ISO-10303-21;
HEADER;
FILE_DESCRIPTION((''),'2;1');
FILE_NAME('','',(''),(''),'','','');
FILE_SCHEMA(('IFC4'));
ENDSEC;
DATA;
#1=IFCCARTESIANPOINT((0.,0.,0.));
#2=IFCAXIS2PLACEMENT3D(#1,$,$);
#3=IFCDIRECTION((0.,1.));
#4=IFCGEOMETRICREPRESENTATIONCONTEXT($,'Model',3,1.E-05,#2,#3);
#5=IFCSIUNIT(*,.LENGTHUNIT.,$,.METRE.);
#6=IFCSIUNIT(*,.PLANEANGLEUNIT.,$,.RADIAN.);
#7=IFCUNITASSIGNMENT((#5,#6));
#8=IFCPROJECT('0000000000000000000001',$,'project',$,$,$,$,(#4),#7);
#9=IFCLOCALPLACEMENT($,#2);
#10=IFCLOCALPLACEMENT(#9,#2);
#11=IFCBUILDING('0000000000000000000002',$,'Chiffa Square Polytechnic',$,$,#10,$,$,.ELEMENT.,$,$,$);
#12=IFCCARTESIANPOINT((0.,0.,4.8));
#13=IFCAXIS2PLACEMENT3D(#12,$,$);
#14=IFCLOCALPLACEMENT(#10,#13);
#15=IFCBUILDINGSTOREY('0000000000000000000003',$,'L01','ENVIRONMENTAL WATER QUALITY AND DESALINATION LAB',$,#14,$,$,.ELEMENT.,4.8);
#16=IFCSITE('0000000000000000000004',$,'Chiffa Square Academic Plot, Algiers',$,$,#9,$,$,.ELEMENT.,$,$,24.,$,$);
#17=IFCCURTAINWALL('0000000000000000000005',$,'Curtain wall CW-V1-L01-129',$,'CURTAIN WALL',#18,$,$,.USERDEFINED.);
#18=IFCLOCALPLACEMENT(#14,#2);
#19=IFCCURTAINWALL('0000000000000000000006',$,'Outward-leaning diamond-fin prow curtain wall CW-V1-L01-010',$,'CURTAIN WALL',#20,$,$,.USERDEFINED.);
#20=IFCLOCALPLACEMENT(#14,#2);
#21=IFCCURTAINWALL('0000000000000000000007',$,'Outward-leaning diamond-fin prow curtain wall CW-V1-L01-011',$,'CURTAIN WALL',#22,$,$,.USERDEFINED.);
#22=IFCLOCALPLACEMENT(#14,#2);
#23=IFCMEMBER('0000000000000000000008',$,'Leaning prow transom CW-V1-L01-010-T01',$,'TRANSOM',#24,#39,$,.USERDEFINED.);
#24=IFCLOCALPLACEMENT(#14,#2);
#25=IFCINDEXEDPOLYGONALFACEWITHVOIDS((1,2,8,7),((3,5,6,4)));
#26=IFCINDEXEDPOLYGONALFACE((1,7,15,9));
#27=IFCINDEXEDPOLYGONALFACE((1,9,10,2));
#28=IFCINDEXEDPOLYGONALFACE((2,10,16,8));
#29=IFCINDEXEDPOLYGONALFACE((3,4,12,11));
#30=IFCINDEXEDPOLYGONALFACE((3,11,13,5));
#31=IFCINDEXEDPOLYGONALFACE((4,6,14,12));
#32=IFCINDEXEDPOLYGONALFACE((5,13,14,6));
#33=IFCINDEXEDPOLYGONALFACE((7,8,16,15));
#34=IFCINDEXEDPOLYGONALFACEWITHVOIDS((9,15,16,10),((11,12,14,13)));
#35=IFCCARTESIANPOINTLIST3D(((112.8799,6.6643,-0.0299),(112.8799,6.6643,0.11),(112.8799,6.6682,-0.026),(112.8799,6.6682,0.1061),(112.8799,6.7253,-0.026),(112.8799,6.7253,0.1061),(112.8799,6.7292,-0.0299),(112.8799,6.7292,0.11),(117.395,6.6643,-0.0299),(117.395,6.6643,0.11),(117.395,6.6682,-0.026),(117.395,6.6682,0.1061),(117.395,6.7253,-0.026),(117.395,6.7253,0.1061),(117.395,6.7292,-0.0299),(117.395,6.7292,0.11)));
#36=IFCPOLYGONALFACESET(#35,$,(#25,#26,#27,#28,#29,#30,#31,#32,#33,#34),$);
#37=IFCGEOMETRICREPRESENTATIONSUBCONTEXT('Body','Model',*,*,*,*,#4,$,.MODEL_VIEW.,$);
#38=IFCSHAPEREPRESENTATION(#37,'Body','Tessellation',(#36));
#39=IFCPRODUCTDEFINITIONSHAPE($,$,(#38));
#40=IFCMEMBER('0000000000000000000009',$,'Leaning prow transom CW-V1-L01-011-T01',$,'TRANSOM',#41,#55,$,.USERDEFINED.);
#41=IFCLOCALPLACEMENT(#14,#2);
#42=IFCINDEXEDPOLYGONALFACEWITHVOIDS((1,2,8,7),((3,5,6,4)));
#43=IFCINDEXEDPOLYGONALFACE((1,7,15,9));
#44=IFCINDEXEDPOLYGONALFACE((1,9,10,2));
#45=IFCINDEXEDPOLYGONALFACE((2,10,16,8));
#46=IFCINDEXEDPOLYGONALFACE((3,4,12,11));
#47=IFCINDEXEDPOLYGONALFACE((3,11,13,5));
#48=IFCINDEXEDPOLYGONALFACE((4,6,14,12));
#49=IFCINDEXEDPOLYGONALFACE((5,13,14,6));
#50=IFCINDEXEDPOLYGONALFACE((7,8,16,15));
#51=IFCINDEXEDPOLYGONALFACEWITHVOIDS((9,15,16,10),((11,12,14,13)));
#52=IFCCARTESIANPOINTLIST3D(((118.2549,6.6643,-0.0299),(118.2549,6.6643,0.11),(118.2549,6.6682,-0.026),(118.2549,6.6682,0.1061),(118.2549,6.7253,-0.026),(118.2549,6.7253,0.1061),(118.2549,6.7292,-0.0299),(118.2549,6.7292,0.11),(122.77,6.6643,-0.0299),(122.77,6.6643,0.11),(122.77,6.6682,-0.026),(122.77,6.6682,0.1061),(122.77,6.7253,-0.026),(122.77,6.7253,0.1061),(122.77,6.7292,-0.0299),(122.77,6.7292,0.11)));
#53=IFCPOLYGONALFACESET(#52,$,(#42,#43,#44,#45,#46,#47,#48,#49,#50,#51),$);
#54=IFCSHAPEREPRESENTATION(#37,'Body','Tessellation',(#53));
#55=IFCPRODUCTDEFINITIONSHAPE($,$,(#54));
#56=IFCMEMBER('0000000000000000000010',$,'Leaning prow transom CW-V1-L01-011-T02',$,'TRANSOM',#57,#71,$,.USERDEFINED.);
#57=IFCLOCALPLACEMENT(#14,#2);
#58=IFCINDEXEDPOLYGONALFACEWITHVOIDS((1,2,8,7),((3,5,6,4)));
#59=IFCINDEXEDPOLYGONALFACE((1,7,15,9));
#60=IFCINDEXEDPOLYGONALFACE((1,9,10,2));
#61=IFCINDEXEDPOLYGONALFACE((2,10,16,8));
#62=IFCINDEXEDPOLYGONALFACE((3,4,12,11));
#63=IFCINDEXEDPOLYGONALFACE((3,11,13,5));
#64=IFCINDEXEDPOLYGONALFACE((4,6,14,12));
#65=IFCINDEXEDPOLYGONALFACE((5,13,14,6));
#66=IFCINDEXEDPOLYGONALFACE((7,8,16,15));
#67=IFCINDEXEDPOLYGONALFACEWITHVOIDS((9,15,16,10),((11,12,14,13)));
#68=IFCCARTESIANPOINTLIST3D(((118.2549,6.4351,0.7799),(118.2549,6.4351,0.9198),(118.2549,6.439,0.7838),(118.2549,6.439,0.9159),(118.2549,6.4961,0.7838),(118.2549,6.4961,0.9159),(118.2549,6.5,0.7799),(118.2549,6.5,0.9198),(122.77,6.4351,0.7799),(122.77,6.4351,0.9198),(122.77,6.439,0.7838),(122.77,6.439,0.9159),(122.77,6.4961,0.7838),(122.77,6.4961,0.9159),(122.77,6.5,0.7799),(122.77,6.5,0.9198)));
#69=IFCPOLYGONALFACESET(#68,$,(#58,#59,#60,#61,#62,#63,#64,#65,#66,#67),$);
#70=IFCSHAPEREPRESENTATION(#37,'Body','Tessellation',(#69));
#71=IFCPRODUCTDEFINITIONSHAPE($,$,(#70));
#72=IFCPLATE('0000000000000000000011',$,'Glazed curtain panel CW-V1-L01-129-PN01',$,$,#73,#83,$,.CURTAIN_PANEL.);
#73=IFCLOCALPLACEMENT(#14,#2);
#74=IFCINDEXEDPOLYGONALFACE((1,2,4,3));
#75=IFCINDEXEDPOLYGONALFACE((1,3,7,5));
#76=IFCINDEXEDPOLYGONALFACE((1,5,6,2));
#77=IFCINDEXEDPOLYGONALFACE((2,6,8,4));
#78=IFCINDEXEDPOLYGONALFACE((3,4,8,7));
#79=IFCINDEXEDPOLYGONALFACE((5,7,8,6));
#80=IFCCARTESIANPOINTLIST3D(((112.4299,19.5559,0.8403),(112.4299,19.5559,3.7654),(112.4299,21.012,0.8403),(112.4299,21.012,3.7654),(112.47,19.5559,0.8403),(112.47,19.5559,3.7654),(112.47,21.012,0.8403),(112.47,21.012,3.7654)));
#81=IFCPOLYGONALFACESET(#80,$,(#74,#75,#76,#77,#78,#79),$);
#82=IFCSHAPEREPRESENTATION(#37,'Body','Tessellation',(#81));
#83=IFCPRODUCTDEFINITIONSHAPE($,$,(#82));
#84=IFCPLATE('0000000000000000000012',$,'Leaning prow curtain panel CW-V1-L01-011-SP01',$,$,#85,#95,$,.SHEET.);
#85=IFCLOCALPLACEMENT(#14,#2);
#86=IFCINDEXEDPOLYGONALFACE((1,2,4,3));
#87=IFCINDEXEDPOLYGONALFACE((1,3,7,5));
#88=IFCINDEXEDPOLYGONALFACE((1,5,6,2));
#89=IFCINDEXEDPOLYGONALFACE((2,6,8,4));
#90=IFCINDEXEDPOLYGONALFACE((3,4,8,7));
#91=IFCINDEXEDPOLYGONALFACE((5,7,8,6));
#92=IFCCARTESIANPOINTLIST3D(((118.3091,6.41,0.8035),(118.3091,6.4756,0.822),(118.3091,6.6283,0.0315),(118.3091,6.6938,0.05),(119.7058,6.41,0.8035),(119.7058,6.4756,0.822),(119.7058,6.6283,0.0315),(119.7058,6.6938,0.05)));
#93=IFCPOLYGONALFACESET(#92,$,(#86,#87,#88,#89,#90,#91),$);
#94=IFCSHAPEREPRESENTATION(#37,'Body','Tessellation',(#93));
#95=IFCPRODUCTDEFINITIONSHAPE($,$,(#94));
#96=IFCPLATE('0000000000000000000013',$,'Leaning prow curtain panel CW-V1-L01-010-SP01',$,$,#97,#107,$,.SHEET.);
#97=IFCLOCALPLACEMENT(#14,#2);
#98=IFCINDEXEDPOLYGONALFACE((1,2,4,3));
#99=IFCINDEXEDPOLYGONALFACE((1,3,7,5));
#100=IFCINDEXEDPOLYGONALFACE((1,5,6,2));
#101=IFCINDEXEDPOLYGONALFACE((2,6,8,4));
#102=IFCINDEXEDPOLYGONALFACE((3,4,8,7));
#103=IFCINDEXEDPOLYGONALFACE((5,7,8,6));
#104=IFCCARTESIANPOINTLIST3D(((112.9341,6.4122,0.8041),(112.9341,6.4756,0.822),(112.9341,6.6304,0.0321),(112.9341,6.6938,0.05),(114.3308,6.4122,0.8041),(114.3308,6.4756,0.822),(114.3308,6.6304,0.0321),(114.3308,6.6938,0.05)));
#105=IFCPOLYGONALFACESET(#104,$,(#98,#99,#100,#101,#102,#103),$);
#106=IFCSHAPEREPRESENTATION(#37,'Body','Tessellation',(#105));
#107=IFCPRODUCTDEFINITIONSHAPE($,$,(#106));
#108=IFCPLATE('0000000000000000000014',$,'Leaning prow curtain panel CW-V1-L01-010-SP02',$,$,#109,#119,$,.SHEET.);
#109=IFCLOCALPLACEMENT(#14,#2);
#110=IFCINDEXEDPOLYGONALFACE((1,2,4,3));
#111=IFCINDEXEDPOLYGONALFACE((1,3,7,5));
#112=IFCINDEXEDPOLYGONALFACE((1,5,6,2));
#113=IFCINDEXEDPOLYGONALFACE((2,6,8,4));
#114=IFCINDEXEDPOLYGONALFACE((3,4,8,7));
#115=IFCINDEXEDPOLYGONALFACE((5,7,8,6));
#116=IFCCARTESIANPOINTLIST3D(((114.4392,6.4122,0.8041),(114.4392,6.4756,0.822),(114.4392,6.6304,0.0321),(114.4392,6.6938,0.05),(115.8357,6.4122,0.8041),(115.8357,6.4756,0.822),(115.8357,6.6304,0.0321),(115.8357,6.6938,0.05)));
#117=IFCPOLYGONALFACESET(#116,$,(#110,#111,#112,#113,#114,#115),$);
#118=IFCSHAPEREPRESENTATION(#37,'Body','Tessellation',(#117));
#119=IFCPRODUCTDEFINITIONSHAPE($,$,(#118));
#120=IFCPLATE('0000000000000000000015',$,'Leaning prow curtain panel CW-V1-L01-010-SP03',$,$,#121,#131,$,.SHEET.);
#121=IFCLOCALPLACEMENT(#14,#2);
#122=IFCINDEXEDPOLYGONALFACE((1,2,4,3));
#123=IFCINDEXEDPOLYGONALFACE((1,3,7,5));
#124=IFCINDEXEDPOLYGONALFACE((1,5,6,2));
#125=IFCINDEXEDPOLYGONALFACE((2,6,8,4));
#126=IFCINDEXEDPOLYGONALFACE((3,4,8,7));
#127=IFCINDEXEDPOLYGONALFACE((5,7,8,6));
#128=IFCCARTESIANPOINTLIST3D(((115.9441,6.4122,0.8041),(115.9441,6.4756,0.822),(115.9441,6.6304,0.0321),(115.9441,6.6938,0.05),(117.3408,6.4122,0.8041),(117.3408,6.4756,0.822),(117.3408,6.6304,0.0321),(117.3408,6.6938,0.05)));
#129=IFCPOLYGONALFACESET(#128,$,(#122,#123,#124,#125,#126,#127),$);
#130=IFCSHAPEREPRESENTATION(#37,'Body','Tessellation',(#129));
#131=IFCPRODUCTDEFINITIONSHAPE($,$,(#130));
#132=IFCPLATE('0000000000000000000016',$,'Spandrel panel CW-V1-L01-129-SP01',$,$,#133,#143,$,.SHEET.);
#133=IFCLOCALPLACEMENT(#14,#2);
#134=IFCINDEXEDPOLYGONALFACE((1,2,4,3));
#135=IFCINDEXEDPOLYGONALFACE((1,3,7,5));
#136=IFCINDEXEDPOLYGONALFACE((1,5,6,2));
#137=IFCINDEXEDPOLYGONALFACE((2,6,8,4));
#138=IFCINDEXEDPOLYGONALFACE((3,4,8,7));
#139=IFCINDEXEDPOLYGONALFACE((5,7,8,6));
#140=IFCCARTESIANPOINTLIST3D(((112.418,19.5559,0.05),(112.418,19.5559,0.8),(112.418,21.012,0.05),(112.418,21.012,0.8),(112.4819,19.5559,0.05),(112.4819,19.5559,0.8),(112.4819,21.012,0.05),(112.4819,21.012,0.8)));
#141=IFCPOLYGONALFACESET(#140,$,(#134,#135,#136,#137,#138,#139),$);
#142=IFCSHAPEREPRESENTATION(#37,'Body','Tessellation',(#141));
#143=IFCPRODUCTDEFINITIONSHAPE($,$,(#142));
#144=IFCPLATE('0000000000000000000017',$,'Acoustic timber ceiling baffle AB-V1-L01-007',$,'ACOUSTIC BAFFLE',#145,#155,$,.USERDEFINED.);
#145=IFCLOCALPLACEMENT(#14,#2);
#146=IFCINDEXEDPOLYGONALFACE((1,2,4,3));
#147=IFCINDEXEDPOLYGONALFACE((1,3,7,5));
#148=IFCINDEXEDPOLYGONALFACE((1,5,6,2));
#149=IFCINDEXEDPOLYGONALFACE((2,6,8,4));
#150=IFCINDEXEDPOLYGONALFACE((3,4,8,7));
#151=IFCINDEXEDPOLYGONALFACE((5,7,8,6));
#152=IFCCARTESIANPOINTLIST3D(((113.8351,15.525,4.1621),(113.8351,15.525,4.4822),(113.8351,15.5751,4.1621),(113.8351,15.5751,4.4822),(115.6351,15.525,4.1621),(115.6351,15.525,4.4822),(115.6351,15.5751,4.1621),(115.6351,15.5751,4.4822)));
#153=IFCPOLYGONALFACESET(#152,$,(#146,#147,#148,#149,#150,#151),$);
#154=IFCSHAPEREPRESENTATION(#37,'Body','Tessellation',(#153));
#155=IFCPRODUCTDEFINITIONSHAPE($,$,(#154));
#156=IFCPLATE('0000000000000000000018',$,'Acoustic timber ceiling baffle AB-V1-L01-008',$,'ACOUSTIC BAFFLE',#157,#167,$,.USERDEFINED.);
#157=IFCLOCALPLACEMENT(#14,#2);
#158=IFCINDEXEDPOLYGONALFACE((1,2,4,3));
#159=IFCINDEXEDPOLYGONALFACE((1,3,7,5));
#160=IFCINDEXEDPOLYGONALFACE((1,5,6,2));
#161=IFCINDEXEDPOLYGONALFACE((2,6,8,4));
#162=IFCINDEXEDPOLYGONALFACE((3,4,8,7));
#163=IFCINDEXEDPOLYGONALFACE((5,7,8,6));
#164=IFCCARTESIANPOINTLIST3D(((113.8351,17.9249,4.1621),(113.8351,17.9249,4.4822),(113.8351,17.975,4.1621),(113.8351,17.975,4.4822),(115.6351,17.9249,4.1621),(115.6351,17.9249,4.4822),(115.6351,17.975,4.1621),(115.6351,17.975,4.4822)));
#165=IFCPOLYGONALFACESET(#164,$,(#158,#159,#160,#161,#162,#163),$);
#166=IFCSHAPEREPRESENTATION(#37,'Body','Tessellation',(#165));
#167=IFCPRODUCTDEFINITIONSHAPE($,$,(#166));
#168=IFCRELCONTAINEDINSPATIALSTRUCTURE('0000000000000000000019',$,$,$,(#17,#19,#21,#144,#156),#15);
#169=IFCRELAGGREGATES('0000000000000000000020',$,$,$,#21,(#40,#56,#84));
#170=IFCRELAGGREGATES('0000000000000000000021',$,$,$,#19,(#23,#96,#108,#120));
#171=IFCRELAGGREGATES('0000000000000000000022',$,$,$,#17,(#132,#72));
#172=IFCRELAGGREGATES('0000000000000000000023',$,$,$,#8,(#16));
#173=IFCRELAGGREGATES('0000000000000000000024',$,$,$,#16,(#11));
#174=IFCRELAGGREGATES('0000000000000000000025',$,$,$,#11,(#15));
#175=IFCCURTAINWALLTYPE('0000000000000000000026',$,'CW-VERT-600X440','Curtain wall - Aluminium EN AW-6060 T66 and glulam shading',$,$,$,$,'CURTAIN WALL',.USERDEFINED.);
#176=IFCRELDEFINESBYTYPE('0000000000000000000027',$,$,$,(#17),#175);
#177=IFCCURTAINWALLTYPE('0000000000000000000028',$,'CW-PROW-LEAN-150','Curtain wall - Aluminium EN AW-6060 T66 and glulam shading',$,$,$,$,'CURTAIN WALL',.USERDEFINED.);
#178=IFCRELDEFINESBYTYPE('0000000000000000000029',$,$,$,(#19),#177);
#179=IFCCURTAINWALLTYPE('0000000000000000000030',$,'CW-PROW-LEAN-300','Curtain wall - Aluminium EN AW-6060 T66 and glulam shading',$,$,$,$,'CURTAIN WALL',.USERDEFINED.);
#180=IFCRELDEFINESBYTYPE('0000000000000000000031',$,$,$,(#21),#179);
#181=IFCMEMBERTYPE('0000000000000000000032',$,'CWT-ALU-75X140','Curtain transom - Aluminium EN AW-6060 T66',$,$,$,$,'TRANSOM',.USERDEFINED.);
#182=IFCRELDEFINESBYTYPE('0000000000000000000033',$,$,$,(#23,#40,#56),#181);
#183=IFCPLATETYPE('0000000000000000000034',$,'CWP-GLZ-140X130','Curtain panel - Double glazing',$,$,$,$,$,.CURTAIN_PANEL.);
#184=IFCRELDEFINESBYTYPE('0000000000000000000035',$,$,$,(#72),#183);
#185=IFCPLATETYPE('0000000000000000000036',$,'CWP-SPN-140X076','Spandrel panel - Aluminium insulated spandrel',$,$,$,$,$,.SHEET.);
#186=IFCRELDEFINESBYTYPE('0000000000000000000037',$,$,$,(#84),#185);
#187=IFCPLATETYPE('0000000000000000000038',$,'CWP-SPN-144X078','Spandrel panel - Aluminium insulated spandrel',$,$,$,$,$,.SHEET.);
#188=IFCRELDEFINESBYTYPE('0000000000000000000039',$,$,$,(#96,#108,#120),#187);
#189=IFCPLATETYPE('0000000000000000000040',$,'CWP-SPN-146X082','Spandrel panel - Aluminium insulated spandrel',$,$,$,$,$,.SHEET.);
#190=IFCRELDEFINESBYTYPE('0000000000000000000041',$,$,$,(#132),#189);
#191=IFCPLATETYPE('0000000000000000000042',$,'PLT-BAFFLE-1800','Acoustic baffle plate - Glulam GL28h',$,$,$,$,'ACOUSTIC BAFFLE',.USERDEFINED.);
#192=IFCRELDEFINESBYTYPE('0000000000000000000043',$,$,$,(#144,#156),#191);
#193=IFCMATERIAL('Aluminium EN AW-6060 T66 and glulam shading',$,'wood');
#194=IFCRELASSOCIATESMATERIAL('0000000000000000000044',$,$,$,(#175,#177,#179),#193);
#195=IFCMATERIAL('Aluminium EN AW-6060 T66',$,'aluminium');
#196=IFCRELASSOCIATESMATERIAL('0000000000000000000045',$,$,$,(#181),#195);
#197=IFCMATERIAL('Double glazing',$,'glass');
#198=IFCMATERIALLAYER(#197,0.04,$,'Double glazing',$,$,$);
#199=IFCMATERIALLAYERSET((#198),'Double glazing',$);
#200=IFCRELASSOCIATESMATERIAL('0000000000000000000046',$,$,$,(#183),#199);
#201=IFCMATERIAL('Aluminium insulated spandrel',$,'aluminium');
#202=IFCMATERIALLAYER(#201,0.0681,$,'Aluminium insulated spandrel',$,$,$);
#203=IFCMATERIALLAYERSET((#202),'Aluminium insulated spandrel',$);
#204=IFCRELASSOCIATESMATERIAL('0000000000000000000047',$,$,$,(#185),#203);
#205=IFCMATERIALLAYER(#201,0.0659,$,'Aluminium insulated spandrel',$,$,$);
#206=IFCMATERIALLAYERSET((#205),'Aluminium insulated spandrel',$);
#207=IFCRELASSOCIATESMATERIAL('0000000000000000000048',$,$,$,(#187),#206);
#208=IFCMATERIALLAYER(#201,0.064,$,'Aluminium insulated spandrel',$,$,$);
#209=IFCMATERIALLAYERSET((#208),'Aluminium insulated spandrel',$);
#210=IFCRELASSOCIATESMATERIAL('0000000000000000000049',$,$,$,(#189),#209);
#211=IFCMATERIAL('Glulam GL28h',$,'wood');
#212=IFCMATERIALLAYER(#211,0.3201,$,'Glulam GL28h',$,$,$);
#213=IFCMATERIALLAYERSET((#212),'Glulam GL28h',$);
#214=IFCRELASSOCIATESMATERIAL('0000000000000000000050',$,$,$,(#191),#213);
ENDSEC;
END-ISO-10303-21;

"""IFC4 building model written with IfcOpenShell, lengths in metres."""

from ifc_helpers import new_model, si_unit, direction, frame, origin, origin_2d, place, context, subcontext, project, spatial, polyline, rectangle, hollow_rectangle, outline, extrude, material, layer, layer_set, material_profile, profile_set, type_object, element, aggregate, save


model = new_model("IFC4")

# Units and contexts
model_context = context("Model", 3, precision=1e-05, world=origin(), true_north=direction((0.0, 1.0)))
body_context = subcontext(model_context, "Body", "Model", "MODEL_VIEW")
ifc_project = project(units=[si_unit("LENGTHUNIT", "METRE"), si_unit("PLANEANGLEUNIT", "RADIAN")], contexts=[model_context])

# Site, building, storey
site_placement = place(None, origin())
site = spatial("IfcSite", under=ifc_project, at=site_placement, Name="Chiffa Square Academic Plot, Algiers", CompositionType="ELEMENT", RefElevation=24.0)
building_placement = place(site_placement, origin())
building = spatial("IfcBuilding", under=site, at=building_placement, Name="Chiffa Square Polytechnic", CompositionType="ELEMENT")
storey_placement = place(building_placement, frame((0.0, 0.0, 4.8)))
storey = spatial("IfcBuildingStorey", under=building, at=storey_placement, Name="L01", Description="ENVIRONMENTAL WATER QUALITY AND DESALINATION LAB", CompositionType="ELEMENT", Elevation=4.8)

# Curtain wall
ifc_material_1 = material(Name="Aluminium EN AW-6060 T66 and glulam shading", Category="wood")
curtain_wall_type_1 = type_object("IfcCurtainWallType", Name="CW-VERT-600X440", Description="Curtain wall - Aluminium EN AW-6060 T66 and glulam shading", ElementType="CURTAIN WALL", PredefinedType="USERDEFINED", material=ifc_material_1)
curtain_wall_1_placement = place(storey_placement, origin())
curtain_wall_1 = element("IfcCurtainWall", 1, at=curtain_wall_1_placement, inside=storey, type_object=curtain_wall_type_1, Name="Curtain wall CW-V1-L01-129", ObjectType="CURTAIN WALL", PredefinedType="USERDEFINED")
ifc_material_2 = material(Name="Aluminium EN AW-6060 T66", Category="aluminium")

# Curtain walls
curtain_wall_type_2 = type_object("IfcCurtainWallType", Name="CW-PROW-LEAN-150", Description="Curtain wall - Aluminium EN AW-6060 T66 and glulam shading", ElementType="CURTAIN WALL", PredefinedType="USERDEFINED", material=ifc_material_1)
curtain_wall_2_placement = place(storey_placement, origin())
curtain_wall_2 = element("IfcCurtainWall", 2, at=curtain_wall_2_placement, inside=storey, type_object=curtain_wall_type_2, Name="Outward-leaning diamond-fin prow curtain wall CW-V1-L01-010", ObjectType="CURTAIN WALL", PredefinedType="USERDEFINED")
curtain_wall_type_3 = type_object("IfcCurtainWallType", Name="CW-PROW-LEAN-300", Description="Curtain wall - Aluminium EN AW-6060 T66 and glulam shading", ElementType="CURTAIN WALL", PredefinedType="USERDEFINED", material=ifc_material_1)
curtain_wall_3_placement = place(storey_placement, origin())
curtain_wall_3 = element("IfcCurtainWall", 3, at=curtain_wall_3_placement, inside=storey, type_object=curtain_wall_type_3, Name="Outward-leaning diamond-fin prow curtain wall CW-V1-L01-011", ObjectType="CURTAIN WALL", PredefinedType="USERDEFINED")

# Members
ifc_material_profile_1 = material_profile(ifc_material_2, hollow_rectangle(XDim=0.0649, YDim=0.1399, WallThickness=0.0039, at=origin_2d()), Name="ALU 65x140x4")
ifc_profile_set_1 = profile_set([ifc_material_profile_1], Name="Aluminium EN AW-6060 T66")
member_type_1 = type_object("IfcMemberType", Name="CWT-ALU-75X140", Description="Curtain transom - Aluminium EN AW-6060 T66", ElementType="TRANSOM", PredefinedType="USERDEFINED", material=ifc_profile_set_1)
member_1_placement = place(storey_placement, frame((112.8799, 6.6968, 0.04), z_axis=(1.0, 0.0, 0.0), x_axis=(0.0, 1.0, 0.0)))
member_1 = element("IfcMember", 4, at=member_1_placement, type_object=member_type_1, Name="Leaning prow transom CW-V1-L01-010-T01", ObjectType="TRANSOM", PredefinedType="USERDEFINED", context=body_context, shape_type="SweptSolid", body=[
    extrude(hollow_rectangle(XDim=0.0649, YDim=0.1399, WallThickness=0.0039, at=origin_2d()), origin(), (0.0, 0.0, 1.0), 4.5151),
])
member_2_placement = place(storey_placement, frame((118.2549, 6.6968, 0.04), z_axis=(1.0, 0.0, 0.0), x_axis=(0.0, 1.0, 0.0)))
member_2 = element("IfcMember", 5, at=member_2_placement, type_object=member_type_1, Name="Leaning prow transom CW-V1-L01-011-T01", ObjectType="TRANSOM", PredefinedType="USERDEFINED", context=body_context, shape_type="SweptSolid", body=[
    extrude(hollow_rectangle(XDim=0.0649, YDim=0.1399, WallThickness=0.0039, at=origin_2d()), origin(), (0.0, 0.0, 1.0), 4.5151),
])
member_3_placement = place(storey_placement, frame((118.2549, 6.4675, 0.8499), z_axis=(1.0, 0.0, 0.0), x_axis=(0.0, 1.0, 0.0)))
member_3 = element("IfcMember", 6, at=member_3_placement, type_object=member_type_1, Name="Leaning prow transom CW-V1-L01-011-T02", ObjectType="TRANSOM", PredefinedType="USERDEFINED", context=body_context, shape_type="SweptSolid", body=[
    extrude(hollow_rectangle(XDim=0.0649, YDim=0.1399, WallThickness=0.0039, at=origin_2d()), origin(), (0.0, 0.0, 1.0), 4.5151),
])

# Plates
ifc_material_3 = material(Name="Double glazing", Category="glass")
ifc_layer_1 = layer(ifc_material_3, 0.04, Name="Double glazing")
ifc_layer_set_1 = layer_set([ifc_layer_1], Name="Double glazing")
plate_type_1 = type_object("IfcPlateType", Name="CWP-GLZ-140X130", Description="Curtain panel - Double glazing", PredefinedType="CURTAIN_PANEL", material=ifc_layer_set_1)
plate_1_placement = place(storey_placement, frame((112.45, 20.2839, 0.8403), z_axis=(0.0, 0.0, 1.0), x_axis=(0.0, -1.0, 0.0)))
plate_1 = element("IfcPlate", 7, at=plate_1_placement, type_object=plate_type_1, Name="Glazed curtain panel CW-V1-L01-129-PN01", PredefinedType="CURTAIN_PANEL", context=body_context, shape_type="SweptSolid", body=[
    extrude(rectangle(XDim=1.4561, YDim=0.04, at=origin_2d()), origin(), (0.0, 0.0, 1.0), 2.925),
])
ifc_material_4 = material(Name="Aluminium insulated spandrel", Category="aluminium")
ifc_layer_2 = layer(ifc_material_4, 0.0681, Name="Aluminium insulated spandrel")
ifc_layer_set_2 = layer_set([ifc_layer_2], Name="Aluminium insulated spandrel")
plate_type_2 = type_object("IfcPlateType", Name="CWP-SPN-140X076", Description="Spandrel panel - Aluminium insulated spandrel", PredefinedType="SHEET", material=ifc_layer_set_2)
plate_2_placement = place(storey_placement, frame((118.3091, 6.6938, 0.05), z_axis=(0.0, 0.962278, 0.272067), x_axis=(1.0, 0.0, 0.0)))
plate_2 = element("IfcPlate", 8, at=plate_2_placement, type_object=plate_type_2, Name="Leaning prow curtain panel CW-V1-L01-011-SP01", PredefinedType="SHEET", context=body_context, shape_type="SweptSolid", body=[
    extrude(outline(polyline([(0.0, 0.0), (1.3967, 0.0), (1.3967, -0.8022), (0.0, -0.8022), (0.0, 0.0)])), origin(), (0.0, 0.0, -1.0), 0.0681),
])
aggregate(curtain_wall_3, [member_2, member_3, plate_2])
ifc_layer_3 = layer(ifc_material_4, 0.0659, Name="Aluminium insulated spandrel")
ifc_layer_set_3 = layer_set([ifc_layer_3], Name="Aluminium insulated spandrel")
plate_type_3 = type_object("IfcPlateType", Name="CWP-SPN-144X078", Description="Spandrel panel - Aluminium insulated spandrel", PredefinedType="SHEET", material=ifc_layer_set_3)
plate_3_placement = place(storey_placement, frame((112.9341, 6.6938, 0.05), z_axis=(0.0, 0.962278, 0.272067), x_axis=(1.0, 0.0, 0.0)))
plate_3 = element("IfcPlate", 9, at=plate_3_placement, type_object=plate_type_3, Name="Leaning prow curtain panel CW-V1-L01-010-SP01", PredefinedType="SHEET", context=body_context, shape_type="SweptSolid", body=[
    extrude(outline(polyline([(0.0, 0.0), (1.3967, 0.0), (1.3967, -0.8022), (0.0, -0.8022), (0.0, 0.0)])), origin(), (0.0, 0.0, -1.0), 0.0659),
])
plate_4_placement = place(storey_placement, frame((114.4392, 6.6938, 0.05), z_axis=(0.0, 0.962278, 0.272067), x_axis=(1.0, 0.0, 0.0)))
plate_4 = element("IfcPlate", 10, at=plate_4_placement, type_object=plate_type_3, Name="Leaning prow curtain panel CW-V1-L01-010-SP02", PredefinedType="SHEET", context=body_context, shape_type="SweptSolid", body=[
    extrude(outline(polyline([(0.0, 0.0), (1.3965, 0.0), (1.3965, -0.8022), (0.0, -0.8022), (0.0, 0.0)])), origin(), (0.0, 0.0, -1.0), 0.0659),
])
plate_5_placement = place(storey_placement, frame((115.9441, 6.6938, 0.05), z_axis=(0.0, 0.962278, 0.272067), x_axis=(1.0, 0.0, 0.0)))
plate_5 = element("IfcPlate", 11, at=plate_5_placement, type_object=plate_type_3, Name="Leaning prow curtain panel CW-V1-L01-010-SP03", PredefinedType="SHEET", context=body_context, shape_type="SweptSolid", body=[
    extrude(outline(polyline([(0.0, 0.0), (1.3967, 0.0), (1.3967, -0.8022), (0.0, -0.8022), (0.0, 0.0)])), origin(), (0.0, 0.0, -1.0), 0.0659),
])
aggregate(curtain_wall_2, [member_1, plate_3, plate_4, plate_5])
ifc_layer_4 = layer(ifc_material_4, 0.064, Name="Aluminium insulated spandrel")
ifc_layer_set_4 = layer_set([ifc_layer_4], Name="Aluminium insulated spandrel")
plate_type_4 = type_object("IfcPlateType", Name="CWP-SPN-146X082", Description="Spandrel panel - Aluminium insulated spandrel", PredefinedType="SHEET", material=ifc_layer_set_4)
plate_6_placement = place(storey_placement, frame((112.45, 20.2839, 0.05), z_axis=(0.0, 0.0, 1.0), x_axis=(0.0, -1.0, 0.0)))
plate_6 = element("IfcPlate", 12, at=plate_6_placement, type_object=plate_type_4, Name="Spandrel panel CW-V1-L01-129-SP01", PredefinedType="SHEET", context=body_context, shape_type="SweptSolid", body=[
    extrude(rectangle(XDim=1.4561, YDim=0.064, at=origin_2d()), origin(), (0.0, 0.0, 1.0), 0.75),
])
aggregate(curtain_wall_1, [plate_6, plate_1])

# Plates
ifc_material_5 = material(Name="Glulam GL28h", Category="wood")
ifc_layer_5 = layer(ifc_material_5, 0.3201, Name="Glulam GL28h")
ifc_layer_set_5 = layer_set([ifc_layer_5], Name="Glulam GL28h")
plate_type_5 = type_object("IfcPlateType", Name="PLT-BAFFLE-1800", Description="Acoustic baffle plate - Glulam GL28h", ElementType="ACOUSTIC BAFFLE", PredefinedType="USERDEFINED", material=ifc_layer_set_5)
for number, where, z_axis, x_axis, name in (
    (13, (114.7351, 15.55, 4.1621), (0.0, 0.0, 1.0), (1.0, 0.0, 0.0), "Acoustic timber ceiling baffle AB-V1-L01-007"),
    (14, (114.7351, 17.95, 4.1621), (0.0, 0.0, 1.0), (1.0, 0.0, 0.0), "Acoustic timber ceiling baffle AB-V1-L01-008"),
):
    element("IfcPlate", number, at=place(storey_placement, frame(where, z_axis=z_axis, x_axis=x_axis)), inside=storey, type_object=plate_type_5, Name=name, ObjectType="ACOUSTIC BAFFLE", PredefinedType="USERDEFINED", context=body_context, shape_type="SweptSolid", body=[
        extrude(rectangle(XDim=1.8, YDim=0.05, at=origin_2d()), origin(), (0.0, 0.0, 1.0), 0.3201),
    ])

save(model, "model.ifc")
